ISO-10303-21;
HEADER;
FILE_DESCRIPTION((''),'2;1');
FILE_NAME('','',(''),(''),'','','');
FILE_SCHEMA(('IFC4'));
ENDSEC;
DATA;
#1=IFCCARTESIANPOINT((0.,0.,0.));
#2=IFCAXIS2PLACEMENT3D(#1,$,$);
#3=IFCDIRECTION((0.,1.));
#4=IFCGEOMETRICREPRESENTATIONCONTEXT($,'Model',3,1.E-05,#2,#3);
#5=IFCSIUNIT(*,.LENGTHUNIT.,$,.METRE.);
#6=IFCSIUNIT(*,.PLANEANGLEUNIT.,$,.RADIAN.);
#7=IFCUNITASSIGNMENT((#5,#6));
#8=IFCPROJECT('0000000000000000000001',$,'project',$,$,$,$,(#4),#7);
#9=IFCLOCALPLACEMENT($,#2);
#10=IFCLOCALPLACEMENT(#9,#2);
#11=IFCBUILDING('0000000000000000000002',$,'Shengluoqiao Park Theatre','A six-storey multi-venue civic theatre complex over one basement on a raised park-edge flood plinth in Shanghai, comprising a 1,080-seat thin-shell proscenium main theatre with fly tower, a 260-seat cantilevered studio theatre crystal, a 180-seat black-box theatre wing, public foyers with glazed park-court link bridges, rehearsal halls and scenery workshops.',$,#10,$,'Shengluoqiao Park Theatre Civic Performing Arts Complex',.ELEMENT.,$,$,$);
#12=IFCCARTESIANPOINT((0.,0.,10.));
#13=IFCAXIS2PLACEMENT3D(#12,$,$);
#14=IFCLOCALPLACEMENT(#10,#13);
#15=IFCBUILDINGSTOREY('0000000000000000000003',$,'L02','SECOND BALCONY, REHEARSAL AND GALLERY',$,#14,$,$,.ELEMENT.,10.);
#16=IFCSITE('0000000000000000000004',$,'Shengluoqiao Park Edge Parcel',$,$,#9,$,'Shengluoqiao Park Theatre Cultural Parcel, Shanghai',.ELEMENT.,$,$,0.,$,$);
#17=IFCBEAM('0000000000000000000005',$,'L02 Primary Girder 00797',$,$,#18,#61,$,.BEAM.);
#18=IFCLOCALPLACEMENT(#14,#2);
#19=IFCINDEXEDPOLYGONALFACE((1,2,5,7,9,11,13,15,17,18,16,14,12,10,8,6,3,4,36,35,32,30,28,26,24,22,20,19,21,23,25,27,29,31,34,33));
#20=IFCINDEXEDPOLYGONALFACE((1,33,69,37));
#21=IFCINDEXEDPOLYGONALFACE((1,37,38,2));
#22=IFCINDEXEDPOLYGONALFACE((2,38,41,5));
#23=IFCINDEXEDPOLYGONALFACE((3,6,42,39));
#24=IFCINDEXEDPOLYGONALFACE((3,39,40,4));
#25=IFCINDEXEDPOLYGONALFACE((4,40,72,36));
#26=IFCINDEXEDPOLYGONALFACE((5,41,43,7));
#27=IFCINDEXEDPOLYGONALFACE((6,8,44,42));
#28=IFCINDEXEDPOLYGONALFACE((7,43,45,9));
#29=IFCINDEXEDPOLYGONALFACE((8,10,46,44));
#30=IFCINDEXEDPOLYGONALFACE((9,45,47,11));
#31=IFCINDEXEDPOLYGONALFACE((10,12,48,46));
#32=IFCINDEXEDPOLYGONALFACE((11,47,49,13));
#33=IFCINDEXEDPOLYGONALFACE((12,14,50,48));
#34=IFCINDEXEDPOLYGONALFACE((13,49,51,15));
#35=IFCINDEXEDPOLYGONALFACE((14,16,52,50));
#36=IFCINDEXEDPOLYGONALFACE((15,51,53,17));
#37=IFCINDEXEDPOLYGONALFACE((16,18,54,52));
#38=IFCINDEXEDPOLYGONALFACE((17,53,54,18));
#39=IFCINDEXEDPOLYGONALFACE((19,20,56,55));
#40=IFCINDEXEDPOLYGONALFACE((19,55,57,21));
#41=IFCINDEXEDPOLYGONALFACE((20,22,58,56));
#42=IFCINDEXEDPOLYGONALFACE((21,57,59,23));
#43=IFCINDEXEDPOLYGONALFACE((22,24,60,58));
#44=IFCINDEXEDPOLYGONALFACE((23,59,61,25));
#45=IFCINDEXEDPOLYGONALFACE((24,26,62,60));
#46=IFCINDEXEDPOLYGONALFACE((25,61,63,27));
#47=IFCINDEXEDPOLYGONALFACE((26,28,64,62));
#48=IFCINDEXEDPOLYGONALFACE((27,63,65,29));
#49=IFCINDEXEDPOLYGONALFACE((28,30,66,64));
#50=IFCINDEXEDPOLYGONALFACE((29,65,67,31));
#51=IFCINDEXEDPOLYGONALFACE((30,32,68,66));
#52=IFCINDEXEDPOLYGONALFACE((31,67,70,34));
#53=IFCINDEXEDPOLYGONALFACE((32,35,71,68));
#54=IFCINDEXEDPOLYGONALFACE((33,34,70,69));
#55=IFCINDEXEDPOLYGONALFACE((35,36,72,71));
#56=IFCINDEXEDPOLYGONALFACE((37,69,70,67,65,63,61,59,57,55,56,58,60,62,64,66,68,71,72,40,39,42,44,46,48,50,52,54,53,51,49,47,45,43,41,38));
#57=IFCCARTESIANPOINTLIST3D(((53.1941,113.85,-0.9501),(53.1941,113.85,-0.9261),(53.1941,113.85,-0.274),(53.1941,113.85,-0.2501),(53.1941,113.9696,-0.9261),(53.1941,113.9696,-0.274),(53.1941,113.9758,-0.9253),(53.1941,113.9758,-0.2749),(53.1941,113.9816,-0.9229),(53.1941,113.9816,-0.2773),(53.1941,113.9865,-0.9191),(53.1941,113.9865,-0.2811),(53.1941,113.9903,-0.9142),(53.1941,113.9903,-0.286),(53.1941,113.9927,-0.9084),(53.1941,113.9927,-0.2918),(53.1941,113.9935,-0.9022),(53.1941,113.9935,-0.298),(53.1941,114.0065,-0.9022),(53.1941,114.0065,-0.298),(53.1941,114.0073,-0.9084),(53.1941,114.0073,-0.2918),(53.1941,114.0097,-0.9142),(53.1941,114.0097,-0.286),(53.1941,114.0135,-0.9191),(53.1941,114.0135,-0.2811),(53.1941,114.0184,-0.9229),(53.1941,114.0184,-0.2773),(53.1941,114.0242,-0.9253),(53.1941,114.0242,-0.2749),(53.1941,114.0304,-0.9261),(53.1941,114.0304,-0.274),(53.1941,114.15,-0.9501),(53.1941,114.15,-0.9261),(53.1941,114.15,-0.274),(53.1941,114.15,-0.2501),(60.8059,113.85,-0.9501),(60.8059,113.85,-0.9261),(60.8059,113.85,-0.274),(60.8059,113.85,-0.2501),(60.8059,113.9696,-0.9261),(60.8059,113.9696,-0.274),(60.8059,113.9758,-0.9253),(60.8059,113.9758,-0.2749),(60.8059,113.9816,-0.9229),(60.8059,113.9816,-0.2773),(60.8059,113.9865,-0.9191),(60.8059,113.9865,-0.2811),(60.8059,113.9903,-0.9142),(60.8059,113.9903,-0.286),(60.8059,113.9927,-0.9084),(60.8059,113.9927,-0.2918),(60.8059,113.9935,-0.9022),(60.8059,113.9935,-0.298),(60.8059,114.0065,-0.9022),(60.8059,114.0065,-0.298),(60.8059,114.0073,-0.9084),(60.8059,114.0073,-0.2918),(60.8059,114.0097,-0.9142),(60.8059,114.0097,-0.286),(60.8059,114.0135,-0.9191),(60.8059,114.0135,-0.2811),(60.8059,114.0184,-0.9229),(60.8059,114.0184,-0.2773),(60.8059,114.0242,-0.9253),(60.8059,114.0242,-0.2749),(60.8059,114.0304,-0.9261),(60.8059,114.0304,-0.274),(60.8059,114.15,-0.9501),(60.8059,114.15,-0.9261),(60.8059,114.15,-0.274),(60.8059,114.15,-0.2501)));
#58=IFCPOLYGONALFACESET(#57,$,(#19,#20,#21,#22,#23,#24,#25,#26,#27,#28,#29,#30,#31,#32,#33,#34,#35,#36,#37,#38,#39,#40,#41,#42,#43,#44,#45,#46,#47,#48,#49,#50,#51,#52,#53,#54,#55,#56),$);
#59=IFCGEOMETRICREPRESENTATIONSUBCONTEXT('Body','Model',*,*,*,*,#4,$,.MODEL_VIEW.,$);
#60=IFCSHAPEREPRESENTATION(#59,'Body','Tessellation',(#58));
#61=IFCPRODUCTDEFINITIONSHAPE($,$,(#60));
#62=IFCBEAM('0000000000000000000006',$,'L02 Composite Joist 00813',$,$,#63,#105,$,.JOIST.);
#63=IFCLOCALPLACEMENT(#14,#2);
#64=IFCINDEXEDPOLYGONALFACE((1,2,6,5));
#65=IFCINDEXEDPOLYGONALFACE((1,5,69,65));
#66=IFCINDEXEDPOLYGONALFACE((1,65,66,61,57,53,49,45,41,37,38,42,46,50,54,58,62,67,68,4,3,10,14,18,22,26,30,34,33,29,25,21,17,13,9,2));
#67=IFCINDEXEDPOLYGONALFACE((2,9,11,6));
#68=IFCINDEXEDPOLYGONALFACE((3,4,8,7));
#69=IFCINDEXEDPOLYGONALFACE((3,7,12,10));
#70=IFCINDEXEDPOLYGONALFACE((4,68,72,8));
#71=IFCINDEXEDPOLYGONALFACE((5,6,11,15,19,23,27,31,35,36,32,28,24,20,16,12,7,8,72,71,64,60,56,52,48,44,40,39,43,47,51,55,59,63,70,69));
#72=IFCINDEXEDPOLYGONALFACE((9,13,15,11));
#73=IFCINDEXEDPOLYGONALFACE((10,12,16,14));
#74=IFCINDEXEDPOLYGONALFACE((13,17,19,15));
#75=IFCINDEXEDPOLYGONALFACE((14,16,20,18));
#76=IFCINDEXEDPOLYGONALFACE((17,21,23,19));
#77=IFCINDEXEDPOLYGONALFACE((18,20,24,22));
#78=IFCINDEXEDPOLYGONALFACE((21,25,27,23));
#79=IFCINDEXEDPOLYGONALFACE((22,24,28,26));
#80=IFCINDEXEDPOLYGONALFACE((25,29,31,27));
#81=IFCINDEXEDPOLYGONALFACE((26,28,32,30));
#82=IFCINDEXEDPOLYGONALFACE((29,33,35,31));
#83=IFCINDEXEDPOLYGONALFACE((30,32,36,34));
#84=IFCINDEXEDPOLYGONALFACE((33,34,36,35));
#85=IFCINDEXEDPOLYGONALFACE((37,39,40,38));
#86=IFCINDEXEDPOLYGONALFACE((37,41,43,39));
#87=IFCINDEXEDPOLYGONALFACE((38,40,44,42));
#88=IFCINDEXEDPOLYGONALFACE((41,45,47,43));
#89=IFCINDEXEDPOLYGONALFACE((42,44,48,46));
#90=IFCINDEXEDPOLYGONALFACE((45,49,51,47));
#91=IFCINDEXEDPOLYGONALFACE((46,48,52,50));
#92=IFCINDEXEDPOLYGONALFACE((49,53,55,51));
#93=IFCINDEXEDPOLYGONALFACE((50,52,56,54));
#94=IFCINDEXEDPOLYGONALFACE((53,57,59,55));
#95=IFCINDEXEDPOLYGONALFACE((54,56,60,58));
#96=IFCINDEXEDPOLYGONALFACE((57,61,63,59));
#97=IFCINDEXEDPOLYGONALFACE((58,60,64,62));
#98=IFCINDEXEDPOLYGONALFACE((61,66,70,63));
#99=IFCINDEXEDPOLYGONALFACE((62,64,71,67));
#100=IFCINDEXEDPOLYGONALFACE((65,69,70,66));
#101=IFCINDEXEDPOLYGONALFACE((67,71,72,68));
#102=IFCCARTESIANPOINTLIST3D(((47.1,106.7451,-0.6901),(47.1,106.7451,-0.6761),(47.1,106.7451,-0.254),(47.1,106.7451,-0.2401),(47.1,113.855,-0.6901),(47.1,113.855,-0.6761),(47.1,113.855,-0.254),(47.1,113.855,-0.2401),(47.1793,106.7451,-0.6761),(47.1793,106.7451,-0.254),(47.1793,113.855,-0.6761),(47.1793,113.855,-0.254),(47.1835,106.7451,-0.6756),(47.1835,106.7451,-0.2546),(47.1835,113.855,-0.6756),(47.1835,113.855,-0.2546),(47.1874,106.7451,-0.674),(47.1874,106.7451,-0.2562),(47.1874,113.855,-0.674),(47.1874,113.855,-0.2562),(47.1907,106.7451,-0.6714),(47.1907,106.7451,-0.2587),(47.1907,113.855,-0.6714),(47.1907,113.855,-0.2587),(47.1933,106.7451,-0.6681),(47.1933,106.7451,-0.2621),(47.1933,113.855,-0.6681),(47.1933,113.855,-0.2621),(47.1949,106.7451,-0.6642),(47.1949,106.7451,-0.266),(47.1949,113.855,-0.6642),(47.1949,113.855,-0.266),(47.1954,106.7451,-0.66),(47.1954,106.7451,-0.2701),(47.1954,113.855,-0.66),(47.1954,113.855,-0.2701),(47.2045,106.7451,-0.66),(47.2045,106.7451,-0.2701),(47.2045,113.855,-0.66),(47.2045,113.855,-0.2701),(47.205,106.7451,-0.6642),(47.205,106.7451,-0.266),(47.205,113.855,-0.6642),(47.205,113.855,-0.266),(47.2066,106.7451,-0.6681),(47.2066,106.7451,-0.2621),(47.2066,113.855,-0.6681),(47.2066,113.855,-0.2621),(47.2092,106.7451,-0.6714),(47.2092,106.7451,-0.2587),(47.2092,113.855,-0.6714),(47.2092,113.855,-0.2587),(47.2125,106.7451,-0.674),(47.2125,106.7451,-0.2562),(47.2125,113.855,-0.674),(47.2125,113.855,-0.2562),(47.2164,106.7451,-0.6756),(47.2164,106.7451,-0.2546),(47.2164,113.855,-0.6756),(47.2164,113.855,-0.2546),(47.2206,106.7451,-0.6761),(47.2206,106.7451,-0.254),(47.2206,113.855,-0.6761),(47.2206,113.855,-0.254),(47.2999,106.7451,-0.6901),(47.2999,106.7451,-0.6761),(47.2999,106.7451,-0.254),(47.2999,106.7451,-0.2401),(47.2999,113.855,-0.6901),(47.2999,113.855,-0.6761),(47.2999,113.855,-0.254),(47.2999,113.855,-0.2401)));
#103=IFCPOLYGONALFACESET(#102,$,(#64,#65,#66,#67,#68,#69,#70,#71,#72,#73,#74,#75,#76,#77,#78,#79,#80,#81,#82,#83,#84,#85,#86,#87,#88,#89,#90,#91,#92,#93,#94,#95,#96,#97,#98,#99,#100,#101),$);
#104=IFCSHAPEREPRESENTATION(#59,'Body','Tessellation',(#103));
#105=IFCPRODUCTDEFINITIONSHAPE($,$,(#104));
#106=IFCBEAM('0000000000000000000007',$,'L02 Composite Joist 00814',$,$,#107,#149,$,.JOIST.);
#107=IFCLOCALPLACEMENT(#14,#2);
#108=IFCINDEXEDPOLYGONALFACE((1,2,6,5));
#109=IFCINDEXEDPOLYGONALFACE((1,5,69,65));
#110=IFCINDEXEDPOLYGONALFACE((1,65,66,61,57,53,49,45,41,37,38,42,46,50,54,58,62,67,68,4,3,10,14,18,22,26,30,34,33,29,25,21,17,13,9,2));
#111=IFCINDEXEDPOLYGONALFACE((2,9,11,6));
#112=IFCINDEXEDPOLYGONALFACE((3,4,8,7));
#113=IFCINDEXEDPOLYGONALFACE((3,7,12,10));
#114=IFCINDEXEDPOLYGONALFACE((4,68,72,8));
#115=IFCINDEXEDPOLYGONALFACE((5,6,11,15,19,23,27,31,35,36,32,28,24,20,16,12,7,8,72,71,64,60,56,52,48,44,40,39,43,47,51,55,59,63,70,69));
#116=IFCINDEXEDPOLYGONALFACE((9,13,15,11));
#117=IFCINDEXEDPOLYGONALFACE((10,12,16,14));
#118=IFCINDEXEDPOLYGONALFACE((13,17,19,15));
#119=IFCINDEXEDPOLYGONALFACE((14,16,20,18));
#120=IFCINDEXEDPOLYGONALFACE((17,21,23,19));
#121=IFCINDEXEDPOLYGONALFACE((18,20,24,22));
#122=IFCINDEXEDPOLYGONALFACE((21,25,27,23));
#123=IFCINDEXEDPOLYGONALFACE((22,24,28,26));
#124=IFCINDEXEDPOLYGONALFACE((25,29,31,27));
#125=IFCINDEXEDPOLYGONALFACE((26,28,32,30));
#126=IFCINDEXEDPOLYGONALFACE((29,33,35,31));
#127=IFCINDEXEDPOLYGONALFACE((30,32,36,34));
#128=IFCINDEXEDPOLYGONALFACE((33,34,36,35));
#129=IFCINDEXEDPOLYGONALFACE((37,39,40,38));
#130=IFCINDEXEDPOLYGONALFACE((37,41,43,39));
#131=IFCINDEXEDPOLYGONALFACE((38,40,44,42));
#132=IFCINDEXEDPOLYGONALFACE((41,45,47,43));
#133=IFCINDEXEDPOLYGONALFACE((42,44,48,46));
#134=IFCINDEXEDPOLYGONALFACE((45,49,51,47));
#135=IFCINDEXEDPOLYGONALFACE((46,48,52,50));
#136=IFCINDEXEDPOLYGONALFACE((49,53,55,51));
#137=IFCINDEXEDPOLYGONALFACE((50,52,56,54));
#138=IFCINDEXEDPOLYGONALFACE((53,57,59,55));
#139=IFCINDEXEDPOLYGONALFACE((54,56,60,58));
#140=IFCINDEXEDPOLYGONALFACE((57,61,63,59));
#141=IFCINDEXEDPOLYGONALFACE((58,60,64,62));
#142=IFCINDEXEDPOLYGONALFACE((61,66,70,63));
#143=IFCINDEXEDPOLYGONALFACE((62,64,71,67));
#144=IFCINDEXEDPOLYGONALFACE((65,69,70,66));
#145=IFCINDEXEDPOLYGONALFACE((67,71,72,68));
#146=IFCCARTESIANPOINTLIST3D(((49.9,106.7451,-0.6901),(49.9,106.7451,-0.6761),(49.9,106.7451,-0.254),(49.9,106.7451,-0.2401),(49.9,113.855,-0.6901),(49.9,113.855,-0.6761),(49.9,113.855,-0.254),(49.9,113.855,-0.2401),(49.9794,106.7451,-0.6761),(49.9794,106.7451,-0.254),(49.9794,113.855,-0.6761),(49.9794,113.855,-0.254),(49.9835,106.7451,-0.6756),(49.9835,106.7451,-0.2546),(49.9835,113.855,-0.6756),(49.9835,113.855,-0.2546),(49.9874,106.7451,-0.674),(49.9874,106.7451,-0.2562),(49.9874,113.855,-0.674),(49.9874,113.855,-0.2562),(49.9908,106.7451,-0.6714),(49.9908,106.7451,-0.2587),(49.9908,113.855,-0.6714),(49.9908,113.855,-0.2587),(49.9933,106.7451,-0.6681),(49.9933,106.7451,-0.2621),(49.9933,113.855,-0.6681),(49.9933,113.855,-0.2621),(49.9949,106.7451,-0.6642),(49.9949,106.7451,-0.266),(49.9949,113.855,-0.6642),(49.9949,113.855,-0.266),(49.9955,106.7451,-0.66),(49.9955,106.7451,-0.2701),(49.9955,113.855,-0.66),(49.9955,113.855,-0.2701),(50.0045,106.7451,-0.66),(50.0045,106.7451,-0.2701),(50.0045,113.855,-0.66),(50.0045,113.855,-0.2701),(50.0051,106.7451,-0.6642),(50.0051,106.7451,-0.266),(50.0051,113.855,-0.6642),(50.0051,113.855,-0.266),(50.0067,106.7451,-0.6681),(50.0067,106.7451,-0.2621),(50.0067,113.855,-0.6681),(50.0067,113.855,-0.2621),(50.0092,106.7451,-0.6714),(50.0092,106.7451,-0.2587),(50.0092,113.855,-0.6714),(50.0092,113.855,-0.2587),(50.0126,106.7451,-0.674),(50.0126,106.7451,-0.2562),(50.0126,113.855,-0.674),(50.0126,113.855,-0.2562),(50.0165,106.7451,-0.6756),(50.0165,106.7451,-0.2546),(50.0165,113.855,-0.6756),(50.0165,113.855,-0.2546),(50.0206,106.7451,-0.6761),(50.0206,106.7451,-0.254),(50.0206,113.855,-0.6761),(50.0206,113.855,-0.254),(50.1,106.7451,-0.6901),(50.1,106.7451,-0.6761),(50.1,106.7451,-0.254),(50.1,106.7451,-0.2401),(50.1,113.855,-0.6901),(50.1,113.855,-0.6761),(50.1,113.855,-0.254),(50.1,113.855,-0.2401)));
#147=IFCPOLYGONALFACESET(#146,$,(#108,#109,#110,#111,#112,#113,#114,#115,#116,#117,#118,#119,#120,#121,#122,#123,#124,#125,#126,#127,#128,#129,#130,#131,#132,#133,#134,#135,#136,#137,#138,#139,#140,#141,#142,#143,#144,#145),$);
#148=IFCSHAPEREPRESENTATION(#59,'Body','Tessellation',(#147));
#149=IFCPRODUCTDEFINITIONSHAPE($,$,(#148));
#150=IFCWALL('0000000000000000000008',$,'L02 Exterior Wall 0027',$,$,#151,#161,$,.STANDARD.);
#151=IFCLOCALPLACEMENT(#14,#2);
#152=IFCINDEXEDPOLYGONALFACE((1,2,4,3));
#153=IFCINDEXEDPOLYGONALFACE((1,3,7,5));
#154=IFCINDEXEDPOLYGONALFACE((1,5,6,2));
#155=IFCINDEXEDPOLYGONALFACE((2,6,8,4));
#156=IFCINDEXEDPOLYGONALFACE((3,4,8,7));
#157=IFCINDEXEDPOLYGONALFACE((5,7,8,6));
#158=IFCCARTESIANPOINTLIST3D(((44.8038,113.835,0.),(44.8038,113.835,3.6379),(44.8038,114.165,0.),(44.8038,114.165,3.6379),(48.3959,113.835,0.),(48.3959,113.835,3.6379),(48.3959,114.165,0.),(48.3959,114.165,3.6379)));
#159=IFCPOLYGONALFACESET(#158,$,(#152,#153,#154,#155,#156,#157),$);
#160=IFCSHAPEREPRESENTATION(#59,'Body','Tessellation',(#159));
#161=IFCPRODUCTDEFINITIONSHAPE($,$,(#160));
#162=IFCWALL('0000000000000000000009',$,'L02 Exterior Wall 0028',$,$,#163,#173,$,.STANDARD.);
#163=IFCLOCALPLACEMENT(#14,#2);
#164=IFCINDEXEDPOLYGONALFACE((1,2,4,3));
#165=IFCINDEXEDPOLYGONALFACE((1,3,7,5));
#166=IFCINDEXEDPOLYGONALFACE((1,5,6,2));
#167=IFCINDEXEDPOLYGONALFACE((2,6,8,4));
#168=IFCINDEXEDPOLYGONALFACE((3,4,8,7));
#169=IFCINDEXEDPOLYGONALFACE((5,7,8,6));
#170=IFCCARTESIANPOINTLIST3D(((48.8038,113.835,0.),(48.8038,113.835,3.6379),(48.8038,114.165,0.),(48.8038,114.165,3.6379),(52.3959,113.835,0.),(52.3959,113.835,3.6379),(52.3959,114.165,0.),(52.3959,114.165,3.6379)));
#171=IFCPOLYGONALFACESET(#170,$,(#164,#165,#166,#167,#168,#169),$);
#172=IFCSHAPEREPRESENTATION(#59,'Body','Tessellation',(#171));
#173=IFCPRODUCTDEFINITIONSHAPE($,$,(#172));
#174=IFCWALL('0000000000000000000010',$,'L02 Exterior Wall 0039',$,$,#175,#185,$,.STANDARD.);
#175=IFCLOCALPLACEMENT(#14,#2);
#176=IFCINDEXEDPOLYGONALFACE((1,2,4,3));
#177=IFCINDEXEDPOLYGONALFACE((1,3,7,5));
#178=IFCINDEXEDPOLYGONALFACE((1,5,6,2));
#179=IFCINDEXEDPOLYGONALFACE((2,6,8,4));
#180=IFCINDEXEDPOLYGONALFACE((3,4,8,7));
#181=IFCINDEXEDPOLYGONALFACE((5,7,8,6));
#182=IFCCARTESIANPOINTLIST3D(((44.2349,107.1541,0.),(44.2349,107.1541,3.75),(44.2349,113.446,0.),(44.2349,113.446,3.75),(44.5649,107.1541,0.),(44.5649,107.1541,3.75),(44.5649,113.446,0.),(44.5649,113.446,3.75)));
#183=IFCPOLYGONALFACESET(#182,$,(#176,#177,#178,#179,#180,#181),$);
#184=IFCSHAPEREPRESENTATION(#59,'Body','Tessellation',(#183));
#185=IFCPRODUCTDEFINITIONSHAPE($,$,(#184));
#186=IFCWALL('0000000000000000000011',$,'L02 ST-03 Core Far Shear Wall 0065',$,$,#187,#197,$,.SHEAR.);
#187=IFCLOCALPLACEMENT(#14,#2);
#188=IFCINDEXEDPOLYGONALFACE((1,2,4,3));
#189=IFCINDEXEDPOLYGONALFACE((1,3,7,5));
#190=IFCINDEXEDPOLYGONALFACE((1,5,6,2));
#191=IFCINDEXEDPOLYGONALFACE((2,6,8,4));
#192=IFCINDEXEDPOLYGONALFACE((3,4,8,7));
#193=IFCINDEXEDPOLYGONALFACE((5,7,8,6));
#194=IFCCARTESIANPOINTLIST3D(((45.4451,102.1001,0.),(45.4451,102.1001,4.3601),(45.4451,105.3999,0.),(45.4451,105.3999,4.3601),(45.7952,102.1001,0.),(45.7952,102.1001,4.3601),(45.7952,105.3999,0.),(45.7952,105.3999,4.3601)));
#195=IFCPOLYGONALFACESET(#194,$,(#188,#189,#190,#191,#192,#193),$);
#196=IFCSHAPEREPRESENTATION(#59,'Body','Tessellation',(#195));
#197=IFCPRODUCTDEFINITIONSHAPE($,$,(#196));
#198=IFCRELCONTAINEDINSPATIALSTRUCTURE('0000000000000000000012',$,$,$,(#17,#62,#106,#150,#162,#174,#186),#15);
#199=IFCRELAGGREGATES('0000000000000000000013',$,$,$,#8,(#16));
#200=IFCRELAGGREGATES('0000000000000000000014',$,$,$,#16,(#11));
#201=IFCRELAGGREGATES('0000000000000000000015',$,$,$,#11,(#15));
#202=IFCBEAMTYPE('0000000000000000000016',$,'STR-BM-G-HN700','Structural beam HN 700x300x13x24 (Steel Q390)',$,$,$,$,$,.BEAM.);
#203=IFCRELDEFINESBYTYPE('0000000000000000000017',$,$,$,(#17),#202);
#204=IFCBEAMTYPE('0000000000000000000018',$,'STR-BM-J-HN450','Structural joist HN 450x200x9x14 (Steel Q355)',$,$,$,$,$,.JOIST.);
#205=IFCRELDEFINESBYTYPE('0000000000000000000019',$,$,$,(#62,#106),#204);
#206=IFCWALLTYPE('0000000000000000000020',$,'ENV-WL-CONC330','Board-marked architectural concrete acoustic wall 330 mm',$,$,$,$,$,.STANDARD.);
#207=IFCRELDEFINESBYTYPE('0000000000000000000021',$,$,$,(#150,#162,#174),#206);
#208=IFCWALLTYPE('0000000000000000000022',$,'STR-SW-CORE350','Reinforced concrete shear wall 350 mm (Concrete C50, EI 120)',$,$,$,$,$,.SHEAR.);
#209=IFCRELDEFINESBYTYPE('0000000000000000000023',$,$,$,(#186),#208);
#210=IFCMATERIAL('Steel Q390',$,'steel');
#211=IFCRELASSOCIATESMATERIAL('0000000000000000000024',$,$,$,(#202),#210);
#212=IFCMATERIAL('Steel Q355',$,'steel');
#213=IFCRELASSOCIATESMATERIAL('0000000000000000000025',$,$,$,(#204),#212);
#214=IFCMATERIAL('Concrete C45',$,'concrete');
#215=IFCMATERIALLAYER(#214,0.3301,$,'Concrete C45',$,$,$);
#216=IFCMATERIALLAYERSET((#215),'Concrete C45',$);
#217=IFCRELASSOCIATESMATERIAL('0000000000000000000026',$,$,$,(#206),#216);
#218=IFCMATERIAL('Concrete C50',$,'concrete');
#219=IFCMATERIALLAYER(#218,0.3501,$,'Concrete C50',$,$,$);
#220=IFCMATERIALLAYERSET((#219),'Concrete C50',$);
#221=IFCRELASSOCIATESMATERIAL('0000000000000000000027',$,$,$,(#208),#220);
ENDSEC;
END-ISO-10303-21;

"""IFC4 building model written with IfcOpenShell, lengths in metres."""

from ifc_helpers import new_model, si_unit, direction, frame, frame_2d, origin, origin_2d, place, context, subcontext, project, spatial, rectangle, i_section, extrude, material, layer, layer_set, material_profile, profile_set, type_object, element, save


model = new_model("IFC4")

# Units and contexts
model_context = context("Model", 3, precision=1e-05, world=origin(), true_north=direction((0.0, 1.0)))
body_context = subcontext(model_context, "Body", "Model", "MODEL_VIEW")
ifc_project = project(units=[si_unit("LENGTHUNIT", "METRE"), si_unit("PLANEANGLEUNIT", "RADIAN")], contexts=[model_context])

# Site, building, storey
site_placement = place(None, origin())
site = spatial("IfcSite", under=ifc_project, at=site_placement, Name="Shengluoqiao Park Edge Parcel", LongName="Shengluoqiao Park Theatre Cultural Parcel, Shanghai", CompositionType="ELEMENT", RefElevation=0.0)
building_placement = place(site_placement, origin())
building = spatial("IfcBuilding", under=site, at=building_placement, Name="Shengluoqiao Park Theatre", Description="A six-storey multi-venue civic theatre complex over one basement on a raised park-edge flood plinth in Shanghai, comprising a 1,080-seat thin-shell proscenium main theatre with fly tower, a 260-seat cantilevered studio theatre crystal, a 180-seat black-box theatre wing, public foyers with glazed park-court link bridges, rehearsal halls and scenery workshops.", LongName="Shengluoqiao Park Theatre Civic Performing Arts Complex", CompositionType="ELEMENT")
storey_placement = place(building_placement, frame((0.0, 0.0, 10.0)))
storey = spatial("IfcBuildingStorey", under=building, at=storey_placement, Name="L02", Description="SECOND BALCONY, REHEARSAL AND GALLERY", CompositionType="ELEMENT", Elevation=10.0)

# Shared definitions
ifc_material_1 = material(Name="Concrete C50", Category="concrete")

# Beams
ifc_material_2 = material(Name="Steel Q355", Category="steel")
ifc_material_3 = material(Name="Steel Q390", Category="steel")
ifc_material_profile_1 = material_profile(ifc_material_3, i_section(OverallWidth=0.3, OverallDepth=0.7, WebThickness=0.0129, FlangeThickness=0.0239, FilletRadius=0.0239, at=origin_2d()), Name="HN 700x300x13x24")
ifc_profile_set_1 = profile_set([ifc_material_profile_1], Name="Steel Q390")
beam_type_1 = type_object("IfcBeamType", Name="STR-BM-G-HN700", Description="Structural beam HN 700x300x13x24 (Steel Q390)", PredefinedType="BEAM", material=ifc_profile_set_1)
beam_1_placement = place(storey_placement, frame((53.1941, 114.0, -0.6001), z_axis=(1.0, 0.0, 0.0), x_axis=(0.0, 1.0, 0.0)))
element("IfcBeam", 1, at=beam_1_placement, inside=storey, type_object=beam_type_1, Name="L02 Primary Girder 00797", PredefinedType="BEAM", context=body_context, shape_type="SweptSolid", body=[
    extrude(i_section(OverallWidth=0.3, OverallDepth=0.7, WebThickness=0.0129, FlangeThickness=0.0239, FilletRadius=0.0239, at=origin_2d()), origin(), (0.0, 0.0, 1.0), 7.6118),
])
ifc_material_profile_2 = material_profile(ifc_material_2, i_section(OverallWidth=0.2, OverallDepth=0.45, WebThickness=0.009, FlangeThickness=0.0139, FilletRadius=0.0161, at=origin_2d()), Name="HN 450x200x9x14")
ifc_profile_set_2 = profile_set([ifc_material_profile_2], Name="Steel Q355")
beam_type_2 = type_object("IfcBeamType", Name="STR-BM-J-HN450", Description="Structural joist HN 450x200x9x14 (Steel Q355)", PredefinedType="JOIST", material=ifc_profile_set_2)
for number, where, z_axis, x_axis, name in (
    (2, (47.2, 106.7451, -0.4651), (0.0, 1.0, 0.0), (-1.0, 0.0, 0.0), "L02 Composite Joist 00813"),
    (3, (50.0, 106.7451, -0.4651), (0.0, 1.0, 0.0), (-1.0, 0.0, 0.0), "L02 Composite Joist 00814"),
):
    element("IfcBeam", number, at=place(storey_placement, frame(where, z_axis=z_axis, x_axis=x_axis)), inside=storey, type_object=beam_type_2, Name=name, PredefinedType="JOIST", context=body_context, shape_type="SweptSolid", body=[
        extrude(i_section(OverallWidth=0.2, OverallDepth=0.45, WebThickness=0.009, FlangeThickness=0.0139, FilletRadius=0.0161, at=origin_2d()), origin(), (0.0, 0.0, 1.0), 7.1099),
    ])

# Walls
ifc_material_4 = material(Name="Concrete C45", Category="concrete")
ifc_layer_1 = layer(ifc_material_4, 0.3301, Name="Concrete C45")
ifc_layer_set_1 = layer_set([ifc_layer_1], Name="Concrete C45")
wall_type_1 = type_object("IfcWallType", Name="ENV-WL-CONC330", Description="Board-marked architectural concrete acoustic wall 330 mm", PredefinedType="STANDARD", material=ifc_layer_set_1)
for number, where, z_axis, x_axis, name in (
    (4, (44.804, 114.0, 0.0), (0.0, 0.0, 1.0), (1.0, 0.0, 0.0), "L02 Exterior Wall 0027"),
    (5, (48.804, 114.0, 0.0), (0.0, 0.0, 1.0), (1.0, 0.0, 0.0), "L02 Exterior Wall 0028"),
):
    element("IfcWall", number, at=place(storey_placement, frame(where, z_axis=z_axis, x_axis=x_axis)), inside=storey, type_object=wall_type_1, Name=name, PredefinedType="STANDARD", context=body_context, shape_type="SweptSolid", body=[
        extrude(rectangle(XDim=3.592, YDim=0.3301, at=frame_2d((1.7959, 0.0))), origin(), (0.0, 0.0, 1.0), 3.6379),
    ])
wall_1_placement = place(storey_placement, frame((44.3999, 107.1541, 0.0), z_axis=(0.0, 0.0, 1.0), x_axis=(0.0, 1.0, 0.0)))
element("IfcWall", 6, at=wall_1_placement, inside=storey, type_object=wall_type_1, Name="L02 Exterior Wall 0039", PredefinedType="STANDARD", context=body_context, shape_type="SweptSolid", body=[
    extrude(rectangle(XDim=6.292, YDim=0.3301, at=frame_2d((3.146, 0.0))), origin(), (0.0, 0.0, 1.0), 3.75),
])
ifc_layer_2 = layer(ifc_material_1, 0.3501, Name="Concrete C50")
ifc_layer_set_2 = layer_set([ifc_layer_2], Name="Concrete C50")
wall_type_2 = type_object("IfcWallType", Name="STR-SW-CORE350", Description="Reinforced concrete shear wall 350 mm (Concrete C50, EI 120)", PredefinedType="SHEAR", material=ifc_layer_set_2)
wall_2_placement = place(storey_placement, frame((45.6201, 105.3999, 0.0), z_axis=(0.0, 0.0, 1.0), x_axis=(0.0, -1.0, 0.0)))
element("IfcWall", 7, at=wall_2_placement, inside=storey, type_object=wall_type_2, Name="L02 ST-03 Core Far Shear Wall 0065", PredefinedType="SHEAR", context=body_context, shape_type="SweptSolid", body=[
    extrude(rectangle(XDim=3.2998, YDim=0.3501, at=frame_2d((1.6499, 0.0))), origin(), (0.0, 0.0, 1.0), 4.3601),
])

save(model, "model.ifc")
